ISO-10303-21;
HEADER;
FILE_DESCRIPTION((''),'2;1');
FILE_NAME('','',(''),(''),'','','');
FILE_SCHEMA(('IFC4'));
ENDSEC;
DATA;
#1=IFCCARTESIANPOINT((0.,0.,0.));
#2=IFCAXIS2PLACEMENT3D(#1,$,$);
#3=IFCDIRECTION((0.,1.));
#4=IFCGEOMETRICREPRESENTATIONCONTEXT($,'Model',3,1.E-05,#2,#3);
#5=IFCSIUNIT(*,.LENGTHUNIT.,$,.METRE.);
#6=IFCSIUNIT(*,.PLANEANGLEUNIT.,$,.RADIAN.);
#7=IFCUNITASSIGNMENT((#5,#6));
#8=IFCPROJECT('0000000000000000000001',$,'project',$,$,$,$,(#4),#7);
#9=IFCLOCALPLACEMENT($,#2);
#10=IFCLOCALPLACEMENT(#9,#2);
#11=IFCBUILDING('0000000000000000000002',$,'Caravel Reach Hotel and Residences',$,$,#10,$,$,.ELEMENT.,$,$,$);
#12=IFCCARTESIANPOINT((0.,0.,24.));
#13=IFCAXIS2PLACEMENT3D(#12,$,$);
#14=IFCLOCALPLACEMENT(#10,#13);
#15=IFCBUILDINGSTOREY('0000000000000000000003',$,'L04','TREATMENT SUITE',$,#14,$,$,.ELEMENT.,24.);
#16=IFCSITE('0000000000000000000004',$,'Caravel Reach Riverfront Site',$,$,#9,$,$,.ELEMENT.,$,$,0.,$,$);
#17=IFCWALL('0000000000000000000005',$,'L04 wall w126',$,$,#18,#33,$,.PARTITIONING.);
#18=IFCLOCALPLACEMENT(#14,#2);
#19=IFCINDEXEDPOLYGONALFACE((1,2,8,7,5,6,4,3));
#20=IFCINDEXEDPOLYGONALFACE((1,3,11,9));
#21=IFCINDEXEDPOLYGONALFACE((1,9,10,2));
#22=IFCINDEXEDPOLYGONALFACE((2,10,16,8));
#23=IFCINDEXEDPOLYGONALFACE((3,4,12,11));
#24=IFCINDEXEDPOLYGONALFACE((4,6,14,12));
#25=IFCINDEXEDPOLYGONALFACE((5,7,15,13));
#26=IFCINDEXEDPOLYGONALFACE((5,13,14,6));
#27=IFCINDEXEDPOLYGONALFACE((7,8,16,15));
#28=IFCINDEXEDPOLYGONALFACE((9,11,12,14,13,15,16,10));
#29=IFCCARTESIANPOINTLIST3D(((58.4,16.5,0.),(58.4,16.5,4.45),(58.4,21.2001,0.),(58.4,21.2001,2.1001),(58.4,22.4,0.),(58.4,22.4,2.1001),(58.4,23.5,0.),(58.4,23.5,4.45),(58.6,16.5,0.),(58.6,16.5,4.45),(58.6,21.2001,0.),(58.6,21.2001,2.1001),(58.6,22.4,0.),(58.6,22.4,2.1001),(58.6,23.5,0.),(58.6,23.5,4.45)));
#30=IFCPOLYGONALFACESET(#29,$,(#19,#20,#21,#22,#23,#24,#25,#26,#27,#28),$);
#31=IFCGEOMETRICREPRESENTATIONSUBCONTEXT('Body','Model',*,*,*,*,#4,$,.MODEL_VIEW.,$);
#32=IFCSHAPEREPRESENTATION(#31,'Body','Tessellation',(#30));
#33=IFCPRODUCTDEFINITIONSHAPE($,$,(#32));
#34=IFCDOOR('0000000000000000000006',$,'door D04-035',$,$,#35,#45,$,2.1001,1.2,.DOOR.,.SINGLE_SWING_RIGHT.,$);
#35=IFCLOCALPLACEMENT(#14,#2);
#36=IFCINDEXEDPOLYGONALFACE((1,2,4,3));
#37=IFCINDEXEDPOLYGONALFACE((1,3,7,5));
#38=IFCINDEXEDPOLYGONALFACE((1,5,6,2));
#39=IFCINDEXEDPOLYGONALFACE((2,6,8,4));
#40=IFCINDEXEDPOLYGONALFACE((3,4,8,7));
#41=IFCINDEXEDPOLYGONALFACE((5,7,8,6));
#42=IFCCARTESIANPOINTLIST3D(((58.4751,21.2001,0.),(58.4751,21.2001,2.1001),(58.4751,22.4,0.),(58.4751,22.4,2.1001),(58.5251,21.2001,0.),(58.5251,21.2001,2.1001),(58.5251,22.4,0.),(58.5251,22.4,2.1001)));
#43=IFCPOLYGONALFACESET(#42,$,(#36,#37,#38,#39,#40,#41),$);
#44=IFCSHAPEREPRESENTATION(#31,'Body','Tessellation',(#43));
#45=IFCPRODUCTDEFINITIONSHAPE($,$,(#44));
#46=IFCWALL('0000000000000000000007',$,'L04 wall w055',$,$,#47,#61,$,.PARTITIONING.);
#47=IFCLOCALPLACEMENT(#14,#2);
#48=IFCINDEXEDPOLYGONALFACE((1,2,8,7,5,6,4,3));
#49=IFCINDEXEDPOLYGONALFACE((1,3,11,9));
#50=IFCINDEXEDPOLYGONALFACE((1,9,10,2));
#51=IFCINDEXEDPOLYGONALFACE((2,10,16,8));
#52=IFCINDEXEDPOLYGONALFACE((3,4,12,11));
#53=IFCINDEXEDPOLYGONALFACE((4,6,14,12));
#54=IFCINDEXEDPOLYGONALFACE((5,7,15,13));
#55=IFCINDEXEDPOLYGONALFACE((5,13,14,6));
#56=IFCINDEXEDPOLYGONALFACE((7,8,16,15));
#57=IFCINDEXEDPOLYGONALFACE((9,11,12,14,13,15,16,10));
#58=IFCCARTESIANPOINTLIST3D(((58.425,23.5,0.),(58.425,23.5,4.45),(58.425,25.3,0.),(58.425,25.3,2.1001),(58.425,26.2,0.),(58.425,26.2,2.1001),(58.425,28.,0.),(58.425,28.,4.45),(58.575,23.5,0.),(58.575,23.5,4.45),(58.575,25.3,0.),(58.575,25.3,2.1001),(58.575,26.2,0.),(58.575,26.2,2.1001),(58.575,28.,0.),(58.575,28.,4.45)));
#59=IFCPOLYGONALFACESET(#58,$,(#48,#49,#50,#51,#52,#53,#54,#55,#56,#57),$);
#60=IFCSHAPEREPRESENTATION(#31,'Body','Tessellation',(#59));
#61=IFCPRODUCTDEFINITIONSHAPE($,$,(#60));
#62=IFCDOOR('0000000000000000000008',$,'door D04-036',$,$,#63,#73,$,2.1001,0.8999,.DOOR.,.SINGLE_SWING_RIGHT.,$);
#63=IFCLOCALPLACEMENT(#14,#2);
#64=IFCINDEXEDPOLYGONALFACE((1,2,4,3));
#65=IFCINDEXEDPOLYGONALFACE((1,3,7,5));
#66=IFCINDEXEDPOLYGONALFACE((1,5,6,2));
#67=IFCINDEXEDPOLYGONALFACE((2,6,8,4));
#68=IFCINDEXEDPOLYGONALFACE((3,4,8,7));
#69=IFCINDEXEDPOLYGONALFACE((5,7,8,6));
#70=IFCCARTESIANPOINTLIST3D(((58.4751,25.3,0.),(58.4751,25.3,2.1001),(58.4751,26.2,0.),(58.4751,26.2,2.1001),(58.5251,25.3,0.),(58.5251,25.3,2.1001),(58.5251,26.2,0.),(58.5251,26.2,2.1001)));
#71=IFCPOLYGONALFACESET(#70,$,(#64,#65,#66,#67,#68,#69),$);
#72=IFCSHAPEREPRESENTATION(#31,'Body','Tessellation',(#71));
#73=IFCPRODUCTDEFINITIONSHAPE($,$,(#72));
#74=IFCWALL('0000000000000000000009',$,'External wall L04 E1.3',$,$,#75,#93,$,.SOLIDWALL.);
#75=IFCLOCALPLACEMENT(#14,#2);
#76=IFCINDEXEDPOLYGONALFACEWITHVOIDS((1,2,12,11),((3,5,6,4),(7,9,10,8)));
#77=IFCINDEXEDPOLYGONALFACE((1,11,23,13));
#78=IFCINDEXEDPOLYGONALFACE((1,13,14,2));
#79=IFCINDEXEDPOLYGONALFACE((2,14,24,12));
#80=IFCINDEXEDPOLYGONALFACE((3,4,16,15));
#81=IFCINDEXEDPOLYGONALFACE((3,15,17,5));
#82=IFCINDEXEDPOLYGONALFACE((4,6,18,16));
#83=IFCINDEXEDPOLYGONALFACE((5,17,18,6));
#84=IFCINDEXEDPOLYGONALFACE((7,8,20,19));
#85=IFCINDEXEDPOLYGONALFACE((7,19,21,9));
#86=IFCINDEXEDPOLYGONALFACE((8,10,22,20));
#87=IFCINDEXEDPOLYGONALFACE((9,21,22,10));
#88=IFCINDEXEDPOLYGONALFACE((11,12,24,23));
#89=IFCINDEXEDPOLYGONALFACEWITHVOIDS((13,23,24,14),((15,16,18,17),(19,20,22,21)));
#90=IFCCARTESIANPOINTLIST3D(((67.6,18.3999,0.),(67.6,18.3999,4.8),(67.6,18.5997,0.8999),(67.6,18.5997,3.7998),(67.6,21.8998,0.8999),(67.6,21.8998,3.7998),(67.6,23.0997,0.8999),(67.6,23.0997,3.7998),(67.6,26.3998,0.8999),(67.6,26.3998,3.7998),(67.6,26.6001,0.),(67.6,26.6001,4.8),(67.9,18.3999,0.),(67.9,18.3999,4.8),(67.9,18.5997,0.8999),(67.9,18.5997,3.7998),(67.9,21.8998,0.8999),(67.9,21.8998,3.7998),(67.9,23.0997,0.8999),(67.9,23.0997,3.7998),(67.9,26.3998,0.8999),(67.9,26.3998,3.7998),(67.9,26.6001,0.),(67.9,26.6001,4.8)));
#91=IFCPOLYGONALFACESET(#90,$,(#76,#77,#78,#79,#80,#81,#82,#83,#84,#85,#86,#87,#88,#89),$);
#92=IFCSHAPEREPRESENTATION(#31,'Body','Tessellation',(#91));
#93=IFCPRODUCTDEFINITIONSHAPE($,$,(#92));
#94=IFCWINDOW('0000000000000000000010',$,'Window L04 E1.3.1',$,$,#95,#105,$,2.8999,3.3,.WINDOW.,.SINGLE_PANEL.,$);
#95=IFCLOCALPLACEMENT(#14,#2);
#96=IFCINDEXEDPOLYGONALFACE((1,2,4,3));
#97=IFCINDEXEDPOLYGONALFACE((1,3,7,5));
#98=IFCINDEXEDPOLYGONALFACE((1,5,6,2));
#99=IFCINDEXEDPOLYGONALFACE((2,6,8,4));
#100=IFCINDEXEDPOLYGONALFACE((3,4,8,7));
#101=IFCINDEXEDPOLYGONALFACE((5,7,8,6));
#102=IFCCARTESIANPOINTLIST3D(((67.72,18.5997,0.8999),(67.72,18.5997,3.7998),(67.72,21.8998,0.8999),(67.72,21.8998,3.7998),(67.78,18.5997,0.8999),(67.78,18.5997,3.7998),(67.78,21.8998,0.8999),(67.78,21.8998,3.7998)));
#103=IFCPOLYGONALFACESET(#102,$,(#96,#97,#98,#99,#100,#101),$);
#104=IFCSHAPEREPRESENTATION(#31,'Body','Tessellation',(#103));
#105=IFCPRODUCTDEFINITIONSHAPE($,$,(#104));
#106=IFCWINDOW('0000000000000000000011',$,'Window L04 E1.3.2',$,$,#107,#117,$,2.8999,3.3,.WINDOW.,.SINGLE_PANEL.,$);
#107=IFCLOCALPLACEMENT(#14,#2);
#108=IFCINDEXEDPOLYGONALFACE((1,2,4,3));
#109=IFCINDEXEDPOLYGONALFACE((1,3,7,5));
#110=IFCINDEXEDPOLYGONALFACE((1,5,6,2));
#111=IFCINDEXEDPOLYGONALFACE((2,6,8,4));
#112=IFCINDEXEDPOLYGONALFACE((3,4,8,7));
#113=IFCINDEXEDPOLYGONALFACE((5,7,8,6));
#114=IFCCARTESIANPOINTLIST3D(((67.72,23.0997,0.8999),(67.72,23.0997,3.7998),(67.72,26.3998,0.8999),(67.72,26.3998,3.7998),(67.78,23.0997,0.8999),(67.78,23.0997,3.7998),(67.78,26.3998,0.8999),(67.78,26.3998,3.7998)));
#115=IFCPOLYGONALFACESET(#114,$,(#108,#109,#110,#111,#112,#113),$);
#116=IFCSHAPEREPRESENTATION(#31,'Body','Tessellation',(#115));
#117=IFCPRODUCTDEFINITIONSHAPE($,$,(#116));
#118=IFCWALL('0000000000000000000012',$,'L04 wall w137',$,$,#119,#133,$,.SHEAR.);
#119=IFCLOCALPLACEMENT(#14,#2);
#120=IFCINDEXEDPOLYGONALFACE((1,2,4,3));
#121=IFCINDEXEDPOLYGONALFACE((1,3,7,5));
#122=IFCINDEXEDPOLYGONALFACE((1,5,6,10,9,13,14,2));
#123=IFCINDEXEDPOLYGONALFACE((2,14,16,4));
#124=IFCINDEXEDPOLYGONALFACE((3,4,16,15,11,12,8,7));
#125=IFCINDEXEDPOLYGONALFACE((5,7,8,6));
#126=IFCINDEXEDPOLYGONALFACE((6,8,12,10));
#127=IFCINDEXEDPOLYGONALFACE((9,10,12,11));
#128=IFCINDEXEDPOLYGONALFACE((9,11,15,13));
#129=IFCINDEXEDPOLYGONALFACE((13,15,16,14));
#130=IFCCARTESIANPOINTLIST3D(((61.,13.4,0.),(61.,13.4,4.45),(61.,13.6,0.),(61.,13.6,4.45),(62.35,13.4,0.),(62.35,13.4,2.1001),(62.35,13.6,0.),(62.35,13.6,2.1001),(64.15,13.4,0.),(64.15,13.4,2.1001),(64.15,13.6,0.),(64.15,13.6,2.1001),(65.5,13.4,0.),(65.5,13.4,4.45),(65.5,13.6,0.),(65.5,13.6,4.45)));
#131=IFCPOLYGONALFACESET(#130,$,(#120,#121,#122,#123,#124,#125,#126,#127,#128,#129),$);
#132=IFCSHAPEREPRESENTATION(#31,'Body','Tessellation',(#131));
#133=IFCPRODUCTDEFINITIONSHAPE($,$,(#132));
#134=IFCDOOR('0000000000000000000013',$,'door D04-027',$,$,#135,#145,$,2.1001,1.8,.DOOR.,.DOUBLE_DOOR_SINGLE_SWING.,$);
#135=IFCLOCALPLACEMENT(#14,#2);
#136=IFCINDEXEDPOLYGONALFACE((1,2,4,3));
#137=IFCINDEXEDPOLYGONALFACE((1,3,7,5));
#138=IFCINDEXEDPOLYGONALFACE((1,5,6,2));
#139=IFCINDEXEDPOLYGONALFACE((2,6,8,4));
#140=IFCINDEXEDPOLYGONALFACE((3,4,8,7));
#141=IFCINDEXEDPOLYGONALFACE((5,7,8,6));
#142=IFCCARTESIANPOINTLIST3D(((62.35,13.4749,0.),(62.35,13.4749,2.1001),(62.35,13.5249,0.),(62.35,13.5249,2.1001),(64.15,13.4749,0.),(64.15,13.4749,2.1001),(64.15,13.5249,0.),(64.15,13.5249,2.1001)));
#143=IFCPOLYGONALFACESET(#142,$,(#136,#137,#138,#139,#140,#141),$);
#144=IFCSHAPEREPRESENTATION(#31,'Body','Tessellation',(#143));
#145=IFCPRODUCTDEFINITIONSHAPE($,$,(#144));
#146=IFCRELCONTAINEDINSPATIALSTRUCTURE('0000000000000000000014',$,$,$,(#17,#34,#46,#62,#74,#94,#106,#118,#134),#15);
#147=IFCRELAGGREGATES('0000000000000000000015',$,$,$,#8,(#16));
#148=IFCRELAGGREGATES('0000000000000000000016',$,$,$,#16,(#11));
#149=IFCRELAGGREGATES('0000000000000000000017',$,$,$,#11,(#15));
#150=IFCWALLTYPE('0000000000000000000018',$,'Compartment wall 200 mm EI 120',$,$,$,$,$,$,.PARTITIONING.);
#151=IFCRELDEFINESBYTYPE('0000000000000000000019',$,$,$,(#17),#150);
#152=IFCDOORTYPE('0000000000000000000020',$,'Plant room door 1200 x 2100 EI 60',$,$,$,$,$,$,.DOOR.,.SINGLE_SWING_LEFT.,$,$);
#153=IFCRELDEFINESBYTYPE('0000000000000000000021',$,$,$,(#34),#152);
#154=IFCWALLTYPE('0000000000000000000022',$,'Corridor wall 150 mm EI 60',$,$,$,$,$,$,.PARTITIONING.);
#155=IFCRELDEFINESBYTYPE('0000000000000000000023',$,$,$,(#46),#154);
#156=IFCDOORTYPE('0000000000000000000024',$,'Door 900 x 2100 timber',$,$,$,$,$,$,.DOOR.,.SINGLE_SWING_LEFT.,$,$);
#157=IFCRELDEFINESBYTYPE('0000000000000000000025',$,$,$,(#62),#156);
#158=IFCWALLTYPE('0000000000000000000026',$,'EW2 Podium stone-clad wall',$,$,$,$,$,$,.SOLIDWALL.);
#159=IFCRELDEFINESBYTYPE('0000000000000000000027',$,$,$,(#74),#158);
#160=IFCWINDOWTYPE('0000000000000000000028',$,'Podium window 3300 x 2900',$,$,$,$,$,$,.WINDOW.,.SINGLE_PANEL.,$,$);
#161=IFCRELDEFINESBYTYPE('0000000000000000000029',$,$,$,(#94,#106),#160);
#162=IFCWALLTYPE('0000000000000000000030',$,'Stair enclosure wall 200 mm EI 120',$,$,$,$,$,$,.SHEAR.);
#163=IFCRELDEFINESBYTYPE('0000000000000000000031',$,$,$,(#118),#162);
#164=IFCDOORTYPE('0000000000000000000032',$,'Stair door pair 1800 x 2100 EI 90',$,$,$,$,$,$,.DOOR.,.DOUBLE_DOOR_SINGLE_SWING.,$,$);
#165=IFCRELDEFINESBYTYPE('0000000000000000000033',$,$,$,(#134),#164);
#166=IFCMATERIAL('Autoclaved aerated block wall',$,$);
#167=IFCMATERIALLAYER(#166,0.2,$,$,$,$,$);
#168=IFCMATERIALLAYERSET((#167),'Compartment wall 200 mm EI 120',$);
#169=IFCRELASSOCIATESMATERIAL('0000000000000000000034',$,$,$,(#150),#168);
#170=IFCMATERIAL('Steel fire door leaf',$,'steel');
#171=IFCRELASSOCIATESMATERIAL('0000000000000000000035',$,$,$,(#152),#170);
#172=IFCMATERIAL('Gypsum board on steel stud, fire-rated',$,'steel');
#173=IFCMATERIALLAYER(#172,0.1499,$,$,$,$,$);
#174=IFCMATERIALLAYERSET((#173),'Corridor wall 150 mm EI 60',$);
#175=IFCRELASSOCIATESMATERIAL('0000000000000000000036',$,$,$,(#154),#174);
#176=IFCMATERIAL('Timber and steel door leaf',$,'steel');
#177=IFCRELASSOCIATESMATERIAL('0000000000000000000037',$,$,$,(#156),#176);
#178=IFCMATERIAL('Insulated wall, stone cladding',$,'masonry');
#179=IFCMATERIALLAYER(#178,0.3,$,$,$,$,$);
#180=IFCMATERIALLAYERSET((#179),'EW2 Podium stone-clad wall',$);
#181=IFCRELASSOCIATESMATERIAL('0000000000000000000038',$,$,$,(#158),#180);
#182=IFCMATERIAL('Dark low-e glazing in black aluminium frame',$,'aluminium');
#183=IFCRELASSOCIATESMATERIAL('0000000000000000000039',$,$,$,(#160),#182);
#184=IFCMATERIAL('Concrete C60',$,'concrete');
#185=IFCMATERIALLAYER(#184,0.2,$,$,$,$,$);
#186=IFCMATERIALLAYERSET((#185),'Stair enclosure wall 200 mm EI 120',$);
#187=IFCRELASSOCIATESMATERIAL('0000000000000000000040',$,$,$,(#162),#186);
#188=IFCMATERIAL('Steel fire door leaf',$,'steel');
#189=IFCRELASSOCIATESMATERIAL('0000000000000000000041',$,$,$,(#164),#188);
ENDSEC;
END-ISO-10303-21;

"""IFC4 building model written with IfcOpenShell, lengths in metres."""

from ifc_helpers import new_model, si_unit, direction, frame, frame_2d, origin, place, context, subcontext, project, spatial, rectangle, extrude, material, layer, layer_set, type_object, element, fill, save


model = new_model("IFC4")

# Units and contexts
model_context = context("Model", 3, precision=1e-05, world=origin(), true_north=direction((0.0, 1.0)))
body_context = subcontext(model_context, "Body", "Model", "MODEL_VIEW")
ifc_project = project(units=[si_unit("LENGTHUNIT", "METRE"), si_unit("PLANEANGLEUNIT", "RADIAN")], contexts=[model_context])

# Site, building, storey
site_placement = place(None, origin())
site = spatial("IfcSite", under=ifc_project, at=site_placement, Name="Caravel Reach Riverfront Site", CompositionType="ELEMENT", RefElevation=0.0)
building_placement = place(site_placement, origin())
building = spatial("IfcBuilding", under=site, at=building_placement, Name="Caravel Reach Hotel and Residences", CompositionType="ELEMENT")
storey_placement = place(building_placement, frame((0.0, 0.0, 24.0)))
storey = spatial("IfcBuildingStorey", under=building, at=storey_placement, Name="L04", Description="TREATMENT SUITE", CompositionType="ELEMENT", Elevation=24.0)

# Shared definitions
ifc_material_1 = material(Name="Autoclaved aerated block wall")
ifc_layer_1 = layer(ifc_material_1, 0.2)
ifc_layer_set_1 = layer_set([ifc_layer_1], Name="Compartment wall 200 mm EI 120")
wall_type_1 = type_object("IfcWallType", Name="Compartment wall 200 mm EI 120", PredefinedType="PARTITIONING", material=ifc_layer_set_1)

# Walls, openings, doors
wall_1_placement = place(storey_placement, frame((58.5, 16.5, 0.0), z_axis=(0.0, 0.0, 1.0), x_axis=(0.0, 1.0, 0.0)))
wall_1 = element("IfcWall", 1, at=wall_1_placement, inside=storey, type_object=wall_type_1, Name="L04 wall w126", PredefinedType="PARTITIONING", context=body_context, shape_type="SweptSolid", body=[
    extrude(rectangle(XDim=7.0, YDim=0.2, at=frame_2d((3.5, 0.0))), origin(), (0.0, 0.0, 1.0), 4.45),
])
opening_1_placement = place(wall_1_placement, frame((4.7, 0.0, 0.0)))
opening_1 = element("IfcOpeningElement", 2, at=opening_1_placement, cuts=wall_1, PredefinedType="OPENING", context=body_context, shape_type="SweptSolid", body=[
    extrude(rectangle(XDim=1.2, YDim=2.1001, at=frame_2d((0.6001, 1.05))), frame((0.0, 0.1099, 0.0), z_axis=(0.0, -1.0, 0.0), x_axis=(1.0, 0.0, 0.0)), (0.0, 0.0, 1.0), 0.22),
])
ifc_material_2 = material(Name="Steel fire door leaf", Category="steel")
door_type_1 = type_object("IfcDoorType", Name="Plant room door 1200 x 2100 EI 60", OperationType="SINGLE_SWING_LEFT", PredefinedType="DOOR", material=ifc_material_2)
door_1_placement = place(opening_1_placement, origin())
door_1 = element("IfcDoor", 3, at=door_1_placement, inside=storey, type_object=door_type_1, Name="door D04-035", OperationType="SINGLE_SWING_RIGHT", OverallHeight=2.1001, OverallWidth=1.2, PredefinedType="DOOR", context=body_context, shape_type="SweptSolid", body=[
    extrude(rectangle(XDim=1.2, YDim=2.1001, at=frame_2d((0.6001, 1.05))), frame((0.0, 0.0249, 0.0), z_axis=(0.0, -1.0, 0.0), x_axis=(1.0, 0.0, 0.0)), (0.0, 0.0, 1.0), 0.05),
])
fill(opening_1, door_1)
ifc_material_3 = material(Name="Gypsum board on steel stud, fire-rated", Category="steel")
ifc_layer_2 = layer(ifc_material_3, 0.1499)
ifc_layer_set_2 = layer_set([ifc_layer_2], Name="Corridor wall 150 mm EI 60")
wall_type_2 = type_object("IfcWallType", Name="Corridor wall 150 mm EI 60", PredefinedType="PARTITIONING", material=ifc_layer_set_2)
wall_2_placement = place(storey_placement, frame((58.5, 23.5, 0.0), z_axis=(0.0, 0.0, 1.0), x_axis=(0.0, 1.0, 0.0)))
wall_2 = element("IfcWall", 4, at=wall_2_placement, inside=storey, type_object=wall_type_2, Name="L04 wall w055", PredefinedType="PARTITIONING", context=body_context, shape_type="SweptSolid", body=[
    extrude(rectangle(XDim=4.5, YDim=0.1499, at=frame_2d((2.25, 0.0))), origin(), (0.0, 0.0, 1.0), 4.45),
])
opening_2_placement = place(wall_2_placement, frame((1.8, 0.0, 0.0)))
opening_2 = element("IfcOpeningElement", 5, at=opening_2_placement, cuts=wall_2, PredefinedType="OPENING", context=body_context, shape_type="SweptSolid", body=[
    extrude(rectangle(XDim=0.8999, YDim=2.1001, at=frame_2d((0.45, 1.05))), frame((0.0, 0.085, 0.0), z_axis=(0.0, -1.0, 0.0), x_axis=(1.0, 0.0, 0.0)), (0.0, 0.0, 1.0), 0.1699),
])
ifc_material_4 = material(Name="Timber and steel door leaf", Category="steel")
door_type_2 = type_object("IfcDoorType", Name="Door 900 x 2100 timber", OperationType="SINGLE_SWING_LEFT", PredefinedType="DOOR", material=ifc_material_4)
door_2_placement = place(opening_2_placement, origin())
door_2 = element("IfcDoor", 6, at=door_2_placement, inside=storey, type_object=door_type_2, Name="door D04-036", OperationType="SINGLE_SWING_RIGHT", OverallHeight=2.1001, OverallWidth=0.8999, PredefinedType="DOOR", context=body_context, shape_type="SweptSolid", body=[
    extrude(rectangle(XDim=0.8999, YDim=2.1001, at=frame_2d((0.45, 1.05))), frame((0.0, 0.0249, 0.0), z_axis=(0.0, -1.0, 0.0), x_axis=(1.0, 0.0, 0.0)), (0.0, 0.0, 1.0), 0.05),
])
fill(opening_2, door_2)

# Wall, openings, windows
ifc_material_5 = material(Name="Insulated wall, stone cladding", Category="masonry")
ifc_layer_3 = layer(ifc_material_5, 0.3)
ifc_layer_set_3 = layer_set([ifc_layer_3], Name="EW2 Podium stone-clad wall")
wall_type_3 = type_object("IfcWallType", Name="EW2 Podium stone-clad wall", PredefinedType="SOLIDWALL", material=ifc_layer_set_3)
wall_3_placement = place(storey_placement, frame((67.75, 18.3999, 0.0), z_axis=(0.0, 0.0, 1.0), x_axis=(0.0, 1.0, 0.0)))
wall_3 = element("IfcWall", 7, at=wall_3_placement, inside=storey, type_object=wall_type_3, Name="External wall L04 E1.3", PredefinedType="SOLIDWALL", context=body_context, shape_type="SweptSolid", body=[
    extrude(rectangle(XDim=8.2002, YDim=0.3, at=frame_2d((4.1001, 0.0))), origin(), (0.0, 0.0, 1.0), 4.8),
])
opening_3_placement = place(wall_3_placement, frame((0.2, 0.0, 0.8999)))
opening_3 = element("IfcOpeningElement", 8, at=opening_3_placement, cuts=wall_3, PredefinedType="OPENING", context=body_context, shape_type="SweptSolid", body=[
    extrude(rectangle(XDim=3.3, YDim=2.8999, at=frame_2d((1.6499, 1.45))), frame((0.0, 0.1599, 0.0), z_axis=(0.0, -1.0, 0.0), x_axis=(1.0, 0.0, 0.0)), (0.0, 0.0, 1.0), 0.3201),
])
opening_4_placement = place(wall_3_placement, frame((4.7, 0.0, 0.8999)))
opening_4 = element("IfcOpeningElement", 9, at=opening_4_placement, cuts=wall_3, PredefinedType="OPENING", context=body_context, shape_type="SweptSolid", body=[
    extrude(rectangle(XDim=3.3, YDim=2.8999, at=frame_2d((1.6499, 1.45))), frame((0.0, 0.1599, 0.0), z_axis=(0.0, -1.0, 0.0), x_axis=(1.0, 0.0, 0.0)), (0.0, 0.0, 1.0), 0.3201),
])
ifc_material_6 = material(Name="Dark low-e glazing in black aluminium frame", Category="aluminium")
window_type = type_object("IfcWindowType", Name="Podium window 3300 x 2900", PartitioningType="SINGLE_PANEL", PredefinedType="WINDOW", material=ifc_material_6)
window_1_placement = place(opening_3_placement, origin())
window_1 = element("IfcWindow", 10, at=window_1_placement, inside=storey, type_object=window_type, Name="Window L04 E1.3.1", OverallHeight=2.8999, OverallWidth=3.3, PartitioningType="SINGLE_PANEL", PredefinedType="WINDOW", context=body_context, shape_type="SweptSolid", body=[
    extrude(rectangle(XDim=3.3, YDim=2.8999, at=frame_2d((1.6499, 1.45))), frame((0.0, 0.03, 0.0), z_axis=(0.0, -1.0, 0.0), x_axis=(1.0, 0.0, 0.0)), (0.0, 0.0, 1.0), 0.0601),
])
fill(opening_3, window_1)
window_2_placement = place(opening_4_placement, origin())
window_2 = element("IfcWindow", 11, at=window_2_placement, inside=storey, type_object=window_type, Name="Window L04 E1.3.2", OverallHeight=2.8999, OverallWidth=3.3, PartitioningType="SINGLE_PANEL", PredefinedType="WINDOW", context=body_context, shape_type="SweptSolid", body=[
    extrude(rectangle(XDim=3.3, YDim=2.8999, at=frame_2d((1.6499, 1.45))), frame((0.0, 0.03, 0.0), z_axis=(0.0, -1.0, 0.0), x_axis=(1.0, 0.0, 0.0)), (0.0, 0.0, 1.0), 0.0601),
])
fill(opening_4, window_2)

# Wall, opening, door
ifc_material_7 = material(Name="Concrete C60", Category="concrete")
ifc_layer_4 = layer(ifc_material_7, 0.2)
ifc_layer_set_4 = layer_set([ifc_layer_4], Name="Stair enclosure wall 200 mm EI 120")
wall_type_4 = type_object("IfcWallType", Name="Stair enclosure wall 200 mm EI 120", PredefinedType="SHEAR", material=ifc_layer_set_4)
wall_4_placement = place(storey_placement, frame((61.0, 13.5, 0.0), z_axis=(0.0, 0.0, 1.0), x_axis=(1.0, 0.0, 0.0)))
wall_4 = element("IfcWall", 12, at=wall_4_placement, inside=storey, type_object=wall_type_4, Name="L04 wall w137", PredefinedType="SHEAR", context=body_context, shape_type="SweptSolid", body=[
    extrude(rectangle(XDim=4.5, YDim=0.2, at=frame_2d((2.25, 0.0))), origin(), (0.0, 0.0, 1.0), 4.45),
])
opening_5_placement = place(wall_4_placement, frame((1.3501, 0.0, 0.0)))
opening_5 = element("IfcOpeningElement", 13, at=opening_5_placement, cuts=wall_4, PredefinedType="OPENING", context=body_context, shape_type="SweptSolid", body=[
    extrude(rectangle(XDim=1.8, YDim=2.1001, at=frame_2d((0.8999, 1.05))), frame((0.0, 0.1099, 0.0), z_axis=(0.0, -1.0, 0.0), x_axis=(1.0, 0.0, 0.0)), (0.0, 0.0, 1.0), 0.22),
])
ifc_material_8 = material(Name="Steel fire door leaf", Category="steel")
door_type_3 = type_object("IfcDoorType", Name="Stair door pair 1800 x 2100 EI 90", OperationType="DOUBLE_DOOR_SINGLE_SWING", PredefinedType="DOOR", material=ifc_material_8)
door_3_placement = place(opening_5_placement, origin())
door_3 = element("IfcDoor", 14, at=door_3_placement, inside=storey, type_object=door_type_3, Name="door D04-027", OperationType="DOUBLE_DOOR_SINGLE_SWING", OverallHeight=2.1001, OverallWidth=1.8, PredefinedType="DOOR", context=body_context, shape_type="SweptSolid", body=[
    extrude(rectangle(XDim=1.8, YDim=2.1001, at=frame_2d((0.8999, 1.05))), frame((0.0, 0.0249, 0.0), z_axis=(0.0, -1.0, 0.0), x_axis=(1.0, 0.0, 0.0)), (0.0, 0.0, 1.0), 0.05),
])
fill(opening_5, door_3)

save(model, "model.ifc")
